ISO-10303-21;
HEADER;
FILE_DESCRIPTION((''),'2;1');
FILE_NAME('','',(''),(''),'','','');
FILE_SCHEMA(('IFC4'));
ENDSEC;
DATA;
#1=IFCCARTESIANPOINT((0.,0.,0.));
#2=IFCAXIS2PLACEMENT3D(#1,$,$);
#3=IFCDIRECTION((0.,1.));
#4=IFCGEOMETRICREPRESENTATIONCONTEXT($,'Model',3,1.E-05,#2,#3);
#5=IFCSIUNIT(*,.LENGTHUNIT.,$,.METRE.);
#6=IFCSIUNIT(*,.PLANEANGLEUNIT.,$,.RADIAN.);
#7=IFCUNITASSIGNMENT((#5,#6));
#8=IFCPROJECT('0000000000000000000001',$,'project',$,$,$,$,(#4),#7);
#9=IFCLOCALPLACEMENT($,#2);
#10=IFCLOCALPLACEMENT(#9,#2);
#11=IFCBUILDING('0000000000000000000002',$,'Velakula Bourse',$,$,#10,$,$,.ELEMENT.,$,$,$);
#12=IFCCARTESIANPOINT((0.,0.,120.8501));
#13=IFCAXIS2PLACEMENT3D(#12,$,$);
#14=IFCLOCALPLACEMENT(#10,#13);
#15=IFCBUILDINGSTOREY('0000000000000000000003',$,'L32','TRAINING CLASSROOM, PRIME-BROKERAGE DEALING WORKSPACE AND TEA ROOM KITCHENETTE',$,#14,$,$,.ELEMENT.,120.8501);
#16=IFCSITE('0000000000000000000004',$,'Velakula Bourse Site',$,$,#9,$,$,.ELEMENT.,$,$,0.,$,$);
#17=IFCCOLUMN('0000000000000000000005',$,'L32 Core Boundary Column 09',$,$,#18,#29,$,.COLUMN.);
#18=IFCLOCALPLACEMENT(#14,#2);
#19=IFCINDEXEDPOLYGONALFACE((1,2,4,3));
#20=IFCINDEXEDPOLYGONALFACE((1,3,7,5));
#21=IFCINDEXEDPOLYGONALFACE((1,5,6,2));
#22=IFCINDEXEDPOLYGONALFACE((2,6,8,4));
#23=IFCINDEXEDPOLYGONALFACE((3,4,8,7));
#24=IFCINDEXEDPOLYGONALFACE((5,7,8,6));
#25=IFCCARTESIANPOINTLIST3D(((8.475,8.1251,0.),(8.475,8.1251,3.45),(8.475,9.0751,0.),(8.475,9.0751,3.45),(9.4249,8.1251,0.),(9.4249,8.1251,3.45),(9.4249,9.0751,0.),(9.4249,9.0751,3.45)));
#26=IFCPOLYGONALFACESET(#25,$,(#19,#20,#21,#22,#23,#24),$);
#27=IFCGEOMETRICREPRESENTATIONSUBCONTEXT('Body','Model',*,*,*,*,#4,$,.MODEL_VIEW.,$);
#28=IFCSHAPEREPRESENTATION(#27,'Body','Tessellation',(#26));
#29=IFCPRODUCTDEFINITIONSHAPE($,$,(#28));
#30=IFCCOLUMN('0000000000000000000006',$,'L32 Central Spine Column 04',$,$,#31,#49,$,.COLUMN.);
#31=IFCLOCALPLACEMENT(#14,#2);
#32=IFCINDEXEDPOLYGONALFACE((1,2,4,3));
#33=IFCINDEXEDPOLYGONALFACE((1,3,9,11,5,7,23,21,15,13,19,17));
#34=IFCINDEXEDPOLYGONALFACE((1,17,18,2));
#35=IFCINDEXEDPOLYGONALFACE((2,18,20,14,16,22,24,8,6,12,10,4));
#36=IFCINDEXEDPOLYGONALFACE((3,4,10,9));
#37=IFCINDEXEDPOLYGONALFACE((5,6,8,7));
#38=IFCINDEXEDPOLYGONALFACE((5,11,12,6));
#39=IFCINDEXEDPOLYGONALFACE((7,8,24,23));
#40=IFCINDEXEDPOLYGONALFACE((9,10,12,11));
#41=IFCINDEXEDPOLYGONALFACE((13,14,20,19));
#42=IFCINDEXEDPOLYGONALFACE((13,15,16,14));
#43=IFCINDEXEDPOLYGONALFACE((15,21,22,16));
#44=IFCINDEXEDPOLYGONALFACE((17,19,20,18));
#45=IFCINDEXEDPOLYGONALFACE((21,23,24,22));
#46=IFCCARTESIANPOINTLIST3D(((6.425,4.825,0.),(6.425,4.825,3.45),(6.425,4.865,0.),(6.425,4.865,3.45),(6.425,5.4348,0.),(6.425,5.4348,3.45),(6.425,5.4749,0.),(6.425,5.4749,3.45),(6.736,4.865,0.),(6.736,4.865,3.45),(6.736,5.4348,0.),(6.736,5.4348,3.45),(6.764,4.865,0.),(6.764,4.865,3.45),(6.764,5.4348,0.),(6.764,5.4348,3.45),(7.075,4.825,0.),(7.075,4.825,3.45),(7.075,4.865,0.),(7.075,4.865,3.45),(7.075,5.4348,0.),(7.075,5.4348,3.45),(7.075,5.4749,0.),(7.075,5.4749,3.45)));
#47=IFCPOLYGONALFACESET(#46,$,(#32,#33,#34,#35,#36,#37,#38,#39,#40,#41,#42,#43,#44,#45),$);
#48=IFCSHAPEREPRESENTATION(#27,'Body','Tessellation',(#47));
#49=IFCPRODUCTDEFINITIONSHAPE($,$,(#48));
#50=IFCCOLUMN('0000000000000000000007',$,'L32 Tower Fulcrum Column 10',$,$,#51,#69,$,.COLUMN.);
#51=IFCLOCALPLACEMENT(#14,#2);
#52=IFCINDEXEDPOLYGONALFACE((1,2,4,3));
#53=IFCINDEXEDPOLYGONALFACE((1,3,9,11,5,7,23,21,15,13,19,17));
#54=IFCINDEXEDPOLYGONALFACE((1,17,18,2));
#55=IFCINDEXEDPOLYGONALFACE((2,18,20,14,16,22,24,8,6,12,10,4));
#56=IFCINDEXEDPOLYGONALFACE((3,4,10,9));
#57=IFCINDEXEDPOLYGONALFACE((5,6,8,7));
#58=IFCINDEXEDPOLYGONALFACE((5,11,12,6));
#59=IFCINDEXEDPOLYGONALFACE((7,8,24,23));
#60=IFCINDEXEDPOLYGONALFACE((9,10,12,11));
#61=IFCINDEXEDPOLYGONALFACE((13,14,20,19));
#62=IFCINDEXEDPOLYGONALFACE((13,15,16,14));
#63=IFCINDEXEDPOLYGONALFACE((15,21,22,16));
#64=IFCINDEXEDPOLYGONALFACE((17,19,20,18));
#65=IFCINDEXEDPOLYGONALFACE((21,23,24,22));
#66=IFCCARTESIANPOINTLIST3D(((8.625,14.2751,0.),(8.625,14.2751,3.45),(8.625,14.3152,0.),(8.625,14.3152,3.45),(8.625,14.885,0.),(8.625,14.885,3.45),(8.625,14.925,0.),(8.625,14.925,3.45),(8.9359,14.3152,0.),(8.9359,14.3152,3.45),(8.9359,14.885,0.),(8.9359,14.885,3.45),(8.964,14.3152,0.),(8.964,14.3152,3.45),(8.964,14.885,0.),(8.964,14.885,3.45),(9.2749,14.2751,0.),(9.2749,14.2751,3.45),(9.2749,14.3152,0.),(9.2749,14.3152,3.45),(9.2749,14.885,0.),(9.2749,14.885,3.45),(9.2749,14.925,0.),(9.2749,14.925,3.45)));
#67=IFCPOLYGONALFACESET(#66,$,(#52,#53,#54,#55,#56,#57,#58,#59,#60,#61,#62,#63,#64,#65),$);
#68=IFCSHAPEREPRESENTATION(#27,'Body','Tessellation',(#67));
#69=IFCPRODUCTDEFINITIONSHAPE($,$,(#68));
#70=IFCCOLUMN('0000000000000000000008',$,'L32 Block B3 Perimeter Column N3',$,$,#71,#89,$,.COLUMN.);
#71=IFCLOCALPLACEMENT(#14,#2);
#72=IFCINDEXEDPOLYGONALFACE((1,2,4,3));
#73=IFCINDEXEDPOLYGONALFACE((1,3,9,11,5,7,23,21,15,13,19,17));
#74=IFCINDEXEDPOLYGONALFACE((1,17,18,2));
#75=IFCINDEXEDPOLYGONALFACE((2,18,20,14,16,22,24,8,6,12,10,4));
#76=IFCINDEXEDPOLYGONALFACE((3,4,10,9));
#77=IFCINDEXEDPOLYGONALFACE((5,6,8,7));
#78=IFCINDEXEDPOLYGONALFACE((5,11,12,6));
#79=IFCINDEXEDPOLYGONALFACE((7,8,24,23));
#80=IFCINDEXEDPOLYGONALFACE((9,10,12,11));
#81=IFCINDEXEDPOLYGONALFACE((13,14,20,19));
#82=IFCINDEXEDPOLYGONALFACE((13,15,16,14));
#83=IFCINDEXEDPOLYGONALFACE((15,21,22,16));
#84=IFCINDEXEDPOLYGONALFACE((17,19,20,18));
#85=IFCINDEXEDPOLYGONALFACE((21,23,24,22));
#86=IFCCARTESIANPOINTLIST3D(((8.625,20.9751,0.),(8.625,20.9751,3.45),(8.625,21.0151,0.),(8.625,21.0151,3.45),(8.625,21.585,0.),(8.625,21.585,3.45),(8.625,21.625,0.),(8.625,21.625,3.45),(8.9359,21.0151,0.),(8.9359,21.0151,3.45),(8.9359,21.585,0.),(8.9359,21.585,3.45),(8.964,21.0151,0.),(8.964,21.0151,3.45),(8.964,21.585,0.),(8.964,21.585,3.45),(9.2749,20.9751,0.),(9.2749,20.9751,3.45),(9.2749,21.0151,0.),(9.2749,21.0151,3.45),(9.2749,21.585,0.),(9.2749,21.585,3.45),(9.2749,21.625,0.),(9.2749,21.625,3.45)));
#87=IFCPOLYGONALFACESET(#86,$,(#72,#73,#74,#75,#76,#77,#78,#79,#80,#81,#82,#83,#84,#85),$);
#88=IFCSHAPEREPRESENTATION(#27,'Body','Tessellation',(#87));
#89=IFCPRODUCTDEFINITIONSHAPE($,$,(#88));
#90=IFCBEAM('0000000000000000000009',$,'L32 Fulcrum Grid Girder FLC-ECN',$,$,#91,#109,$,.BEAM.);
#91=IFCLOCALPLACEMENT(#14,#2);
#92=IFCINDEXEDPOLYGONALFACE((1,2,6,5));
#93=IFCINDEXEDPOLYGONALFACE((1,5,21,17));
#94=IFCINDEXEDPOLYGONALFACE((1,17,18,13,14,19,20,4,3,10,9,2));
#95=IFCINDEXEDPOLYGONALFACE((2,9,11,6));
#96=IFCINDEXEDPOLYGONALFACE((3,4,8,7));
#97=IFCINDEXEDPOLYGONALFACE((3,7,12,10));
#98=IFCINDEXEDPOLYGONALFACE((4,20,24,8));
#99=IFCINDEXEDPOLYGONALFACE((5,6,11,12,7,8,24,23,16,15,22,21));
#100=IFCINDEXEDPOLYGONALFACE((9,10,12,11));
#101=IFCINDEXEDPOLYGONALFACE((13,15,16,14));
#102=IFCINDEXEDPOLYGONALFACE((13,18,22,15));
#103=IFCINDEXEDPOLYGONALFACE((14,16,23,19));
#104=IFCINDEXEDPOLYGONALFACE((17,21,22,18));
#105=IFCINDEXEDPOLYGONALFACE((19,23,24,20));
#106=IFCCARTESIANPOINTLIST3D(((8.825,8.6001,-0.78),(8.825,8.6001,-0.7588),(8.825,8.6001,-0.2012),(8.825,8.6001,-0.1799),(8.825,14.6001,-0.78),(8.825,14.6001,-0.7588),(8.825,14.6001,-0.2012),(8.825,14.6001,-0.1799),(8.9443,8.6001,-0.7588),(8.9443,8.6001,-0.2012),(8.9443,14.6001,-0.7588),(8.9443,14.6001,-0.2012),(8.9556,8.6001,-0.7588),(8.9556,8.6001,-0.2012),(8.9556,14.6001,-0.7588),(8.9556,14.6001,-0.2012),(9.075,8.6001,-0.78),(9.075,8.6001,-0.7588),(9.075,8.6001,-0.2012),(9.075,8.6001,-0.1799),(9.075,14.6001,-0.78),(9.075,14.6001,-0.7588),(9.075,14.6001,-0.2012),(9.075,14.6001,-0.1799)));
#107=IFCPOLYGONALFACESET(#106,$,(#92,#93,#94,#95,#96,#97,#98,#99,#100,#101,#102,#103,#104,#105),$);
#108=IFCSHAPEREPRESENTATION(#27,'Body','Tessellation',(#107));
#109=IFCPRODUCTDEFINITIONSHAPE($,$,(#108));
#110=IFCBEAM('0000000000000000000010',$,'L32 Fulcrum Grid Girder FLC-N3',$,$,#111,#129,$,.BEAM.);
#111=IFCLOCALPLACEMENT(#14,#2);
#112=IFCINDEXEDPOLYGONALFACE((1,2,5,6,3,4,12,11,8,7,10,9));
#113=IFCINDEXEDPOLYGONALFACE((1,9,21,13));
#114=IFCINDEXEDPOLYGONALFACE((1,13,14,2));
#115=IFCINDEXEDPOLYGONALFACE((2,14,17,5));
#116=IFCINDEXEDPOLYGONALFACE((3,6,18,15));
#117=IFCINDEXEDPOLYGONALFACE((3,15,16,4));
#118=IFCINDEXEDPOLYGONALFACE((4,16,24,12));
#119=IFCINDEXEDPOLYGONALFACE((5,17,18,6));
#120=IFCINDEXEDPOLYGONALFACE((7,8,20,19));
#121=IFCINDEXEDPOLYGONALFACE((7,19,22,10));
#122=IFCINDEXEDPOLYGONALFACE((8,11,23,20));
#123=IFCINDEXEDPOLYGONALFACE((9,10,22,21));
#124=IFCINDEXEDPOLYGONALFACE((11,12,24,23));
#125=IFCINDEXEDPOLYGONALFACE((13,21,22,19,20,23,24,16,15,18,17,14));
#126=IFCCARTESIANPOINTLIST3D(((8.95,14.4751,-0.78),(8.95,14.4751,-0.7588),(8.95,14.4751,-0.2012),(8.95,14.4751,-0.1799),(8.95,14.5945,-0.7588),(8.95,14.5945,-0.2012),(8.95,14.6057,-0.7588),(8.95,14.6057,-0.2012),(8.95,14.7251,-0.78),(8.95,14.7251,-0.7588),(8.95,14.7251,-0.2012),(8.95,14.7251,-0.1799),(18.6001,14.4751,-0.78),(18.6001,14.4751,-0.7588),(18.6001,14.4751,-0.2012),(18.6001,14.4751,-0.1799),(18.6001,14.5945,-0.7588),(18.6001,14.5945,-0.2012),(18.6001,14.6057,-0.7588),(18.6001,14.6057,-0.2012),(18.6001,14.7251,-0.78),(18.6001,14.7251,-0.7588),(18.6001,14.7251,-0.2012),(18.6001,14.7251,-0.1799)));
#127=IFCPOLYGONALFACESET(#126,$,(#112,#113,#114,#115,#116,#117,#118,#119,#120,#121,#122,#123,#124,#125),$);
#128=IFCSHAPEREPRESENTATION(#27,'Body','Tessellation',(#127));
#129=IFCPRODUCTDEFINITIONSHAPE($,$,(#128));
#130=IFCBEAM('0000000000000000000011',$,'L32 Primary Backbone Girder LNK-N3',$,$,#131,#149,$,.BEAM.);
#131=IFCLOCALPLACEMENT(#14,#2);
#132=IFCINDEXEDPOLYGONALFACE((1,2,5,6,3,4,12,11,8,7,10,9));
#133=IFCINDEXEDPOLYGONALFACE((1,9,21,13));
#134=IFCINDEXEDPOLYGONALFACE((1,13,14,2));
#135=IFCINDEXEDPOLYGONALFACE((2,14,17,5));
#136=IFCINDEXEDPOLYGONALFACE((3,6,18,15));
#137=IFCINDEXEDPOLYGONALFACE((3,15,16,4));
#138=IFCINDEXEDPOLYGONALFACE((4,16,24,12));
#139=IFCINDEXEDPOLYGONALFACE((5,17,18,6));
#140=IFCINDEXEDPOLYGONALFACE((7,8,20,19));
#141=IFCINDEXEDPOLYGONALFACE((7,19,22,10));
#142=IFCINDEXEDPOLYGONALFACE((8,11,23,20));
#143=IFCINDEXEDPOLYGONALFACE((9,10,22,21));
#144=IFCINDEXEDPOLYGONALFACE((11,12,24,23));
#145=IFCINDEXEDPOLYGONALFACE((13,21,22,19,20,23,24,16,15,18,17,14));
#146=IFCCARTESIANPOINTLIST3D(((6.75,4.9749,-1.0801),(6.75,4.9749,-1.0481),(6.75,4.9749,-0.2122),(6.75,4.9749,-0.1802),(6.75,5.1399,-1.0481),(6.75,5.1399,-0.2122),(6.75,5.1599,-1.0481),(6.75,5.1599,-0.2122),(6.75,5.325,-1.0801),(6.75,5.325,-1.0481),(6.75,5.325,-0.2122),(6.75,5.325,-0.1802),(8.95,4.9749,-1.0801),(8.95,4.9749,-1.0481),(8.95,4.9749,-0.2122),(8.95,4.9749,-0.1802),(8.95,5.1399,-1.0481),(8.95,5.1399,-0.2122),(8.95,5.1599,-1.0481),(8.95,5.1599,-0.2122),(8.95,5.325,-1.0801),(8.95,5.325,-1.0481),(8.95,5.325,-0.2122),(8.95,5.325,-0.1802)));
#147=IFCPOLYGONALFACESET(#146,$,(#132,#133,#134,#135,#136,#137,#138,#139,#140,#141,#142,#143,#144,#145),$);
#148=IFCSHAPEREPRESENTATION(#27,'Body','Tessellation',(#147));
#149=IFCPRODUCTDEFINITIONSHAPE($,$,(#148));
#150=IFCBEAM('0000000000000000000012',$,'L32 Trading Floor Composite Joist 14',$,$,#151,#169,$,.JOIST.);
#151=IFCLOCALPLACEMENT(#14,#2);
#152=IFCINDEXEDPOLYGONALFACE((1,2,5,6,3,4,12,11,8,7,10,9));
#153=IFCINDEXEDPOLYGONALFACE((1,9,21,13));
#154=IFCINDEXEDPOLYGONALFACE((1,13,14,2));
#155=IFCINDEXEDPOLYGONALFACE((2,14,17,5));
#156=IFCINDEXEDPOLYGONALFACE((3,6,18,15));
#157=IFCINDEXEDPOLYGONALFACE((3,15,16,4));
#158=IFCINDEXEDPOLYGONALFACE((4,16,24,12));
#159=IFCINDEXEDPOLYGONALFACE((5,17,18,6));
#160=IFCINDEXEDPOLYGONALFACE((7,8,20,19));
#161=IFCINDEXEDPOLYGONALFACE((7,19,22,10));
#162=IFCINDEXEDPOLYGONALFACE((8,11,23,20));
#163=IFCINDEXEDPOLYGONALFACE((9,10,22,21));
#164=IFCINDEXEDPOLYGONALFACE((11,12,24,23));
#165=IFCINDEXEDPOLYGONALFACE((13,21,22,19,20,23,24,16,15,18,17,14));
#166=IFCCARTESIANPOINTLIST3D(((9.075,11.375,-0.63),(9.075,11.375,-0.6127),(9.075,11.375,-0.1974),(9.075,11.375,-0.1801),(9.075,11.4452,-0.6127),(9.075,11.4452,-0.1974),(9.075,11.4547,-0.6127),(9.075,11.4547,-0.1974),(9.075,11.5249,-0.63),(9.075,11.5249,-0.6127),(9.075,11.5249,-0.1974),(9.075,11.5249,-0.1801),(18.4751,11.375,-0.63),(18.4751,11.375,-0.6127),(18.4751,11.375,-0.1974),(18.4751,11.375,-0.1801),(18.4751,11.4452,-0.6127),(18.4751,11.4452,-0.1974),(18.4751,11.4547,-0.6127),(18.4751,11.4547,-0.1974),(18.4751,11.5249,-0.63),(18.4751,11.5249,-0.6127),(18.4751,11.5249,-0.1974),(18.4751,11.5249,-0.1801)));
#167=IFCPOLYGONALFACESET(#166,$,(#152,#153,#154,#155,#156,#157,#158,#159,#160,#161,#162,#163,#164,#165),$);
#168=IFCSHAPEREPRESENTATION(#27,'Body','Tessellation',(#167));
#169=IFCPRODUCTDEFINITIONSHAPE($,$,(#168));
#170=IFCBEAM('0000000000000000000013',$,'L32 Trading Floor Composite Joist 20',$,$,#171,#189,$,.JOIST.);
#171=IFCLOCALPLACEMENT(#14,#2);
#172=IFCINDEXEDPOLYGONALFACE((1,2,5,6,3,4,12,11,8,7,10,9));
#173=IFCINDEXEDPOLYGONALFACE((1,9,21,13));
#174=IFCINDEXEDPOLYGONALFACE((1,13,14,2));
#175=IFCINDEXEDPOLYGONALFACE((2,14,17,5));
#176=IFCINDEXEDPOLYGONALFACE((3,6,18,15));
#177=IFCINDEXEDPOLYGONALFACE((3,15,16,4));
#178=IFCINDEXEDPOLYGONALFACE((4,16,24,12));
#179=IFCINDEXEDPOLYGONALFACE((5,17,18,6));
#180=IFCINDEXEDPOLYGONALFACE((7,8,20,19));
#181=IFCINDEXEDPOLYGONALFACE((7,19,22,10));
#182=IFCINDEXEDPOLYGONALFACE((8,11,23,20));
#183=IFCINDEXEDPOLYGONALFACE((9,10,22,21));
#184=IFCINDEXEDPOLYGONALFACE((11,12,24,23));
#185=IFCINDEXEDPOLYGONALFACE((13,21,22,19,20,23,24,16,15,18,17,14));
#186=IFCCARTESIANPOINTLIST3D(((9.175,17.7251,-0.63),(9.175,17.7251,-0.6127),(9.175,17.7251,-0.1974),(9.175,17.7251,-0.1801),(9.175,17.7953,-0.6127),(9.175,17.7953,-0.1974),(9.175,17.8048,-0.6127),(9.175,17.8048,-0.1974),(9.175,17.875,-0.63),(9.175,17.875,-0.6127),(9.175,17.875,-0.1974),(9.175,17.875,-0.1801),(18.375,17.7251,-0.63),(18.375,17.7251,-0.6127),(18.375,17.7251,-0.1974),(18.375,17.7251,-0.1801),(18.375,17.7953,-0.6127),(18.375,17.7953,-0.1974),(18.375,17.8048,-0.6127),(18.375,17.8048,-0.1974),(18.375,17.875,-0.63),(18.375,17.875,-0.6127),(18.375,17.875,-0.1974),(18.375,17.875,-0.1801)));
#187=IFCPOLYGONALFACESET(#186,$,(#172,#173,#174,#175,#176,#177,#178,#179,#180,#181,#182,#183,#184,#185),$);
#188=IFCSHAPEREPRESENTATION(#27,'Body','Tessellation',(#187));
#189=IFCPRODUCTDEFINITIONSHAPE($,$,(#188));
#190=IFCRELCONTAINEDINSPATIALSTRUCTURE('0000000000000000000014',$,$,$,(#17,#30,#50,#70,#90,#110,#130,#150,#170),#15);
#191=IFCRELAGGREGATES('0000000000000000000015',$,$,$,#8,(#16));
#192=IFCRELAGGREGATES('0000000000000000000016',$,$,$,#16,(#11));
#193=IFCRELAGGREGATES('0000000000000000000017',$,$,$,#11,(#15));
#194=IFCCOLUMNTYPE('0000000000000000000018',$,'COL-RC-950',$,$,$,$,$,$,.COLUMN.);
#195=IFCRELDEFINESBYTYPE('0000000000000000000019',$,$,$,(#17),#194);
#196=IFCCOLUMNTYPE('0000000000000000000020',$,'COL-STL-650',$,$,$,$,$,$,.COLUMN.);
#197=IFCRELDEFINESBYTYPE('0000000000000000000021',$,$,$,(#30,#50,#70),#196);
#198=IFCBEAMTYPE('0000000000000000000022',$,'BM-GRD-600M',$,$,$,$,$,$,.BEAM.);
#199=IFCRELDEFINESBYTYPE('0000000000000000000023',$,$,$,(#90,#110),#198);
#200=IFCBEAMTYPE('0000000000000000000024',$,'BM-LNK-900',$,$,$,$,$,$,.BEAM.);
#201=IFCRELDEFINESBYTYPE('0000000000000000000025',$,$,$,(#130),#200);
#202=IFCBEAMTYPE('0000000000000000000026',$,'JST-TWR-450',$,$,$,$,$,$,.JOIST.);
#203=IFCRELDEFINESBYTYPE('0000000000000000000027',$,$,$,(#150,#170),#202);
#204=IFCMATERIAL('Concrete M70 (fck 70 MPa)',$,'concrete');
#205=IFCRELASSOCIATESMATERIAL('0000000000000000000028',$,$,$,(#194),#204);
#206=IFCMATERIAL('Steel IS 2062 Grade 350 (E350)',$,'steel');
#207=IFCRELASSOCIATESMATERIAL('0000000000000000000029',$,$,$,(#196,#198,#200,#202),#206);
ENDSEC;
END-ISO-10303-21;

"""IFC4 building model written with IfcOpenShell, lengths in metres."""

from ifc_helpers import new_model, si_unit, direction, frame, origin, origin_2d, place, context, subcontext, project, spatial, rectangle, i_section, extrude, material, material_profile, profile_set, type_object, element, save


model = new_model("IFC4")

# Units and contexts
model_context = context("Model", 3, precision=1e-05, world=origin(), true_north=direction((0.0, 1.0)))
body_context = subcontext(model_context, "Body", "Model", "MODEL_VIEW")
ifc_project = project(units=[si_unit("LENGTHUNIT", "METRE"), si_unit("PLANEANGLEUNIT", "RADIAN")], contexts=[model_context])

# Site, building, storey
site_placement = place(None, origin())
site = spatial("IfcSite", under=ifc_project, at=site_placement, Name="Velakula Bourse Site", CompositionType="ELEMENT", RefElevation=0.0)
building_placement = place(site_placement, origin())
building = spatial("IfcBuilding", under=site, at=building_placement, Name="Velakula Bourse", CompositionType="ELEMENT")
storey_placement = place(building_placement, frame((0.0, 0.0, 120.8501)))
storey = spatial("IfcBuildingStorey", under=building, at=storey_placement, Name="L32", Description="TRAINING CLASSROOM, PRIME-BROKERAGE DEALING WORKSPACE AND TEA ROOM KITCHENETTE", CompositionType="ELEMENT", Elevation=120.8501)

# Columns
ifc_material_1 = material(Name="Concrete M70 (fck 70 MPa)", Category="concrete")
ifc_material_profile_1 = material_profile(ifc_material_1, rectangle(XDim=0.95, YDim=0.95, at=origin_2d()), Name="Concrete M70 (fck 70 MPa)")
ifc_profile_set_1 = profile_set([ifc_material_profile_1], Name="Concrete M70 (fck 70 MPa)")
column_type_1 = type_object("IfcColumnType", Name="COL-RC-950", PredefinedType="COLUMN", material=ifc_profile_set_1)
column_placement = place(storey_placement, frame((8.95, 8.6001, 0.0), z_axis=(0.0, 0.0, 1.0), x_axis=(1.0, 0.0, 0.0)))
element("IfcColumn", 1, at=column_placement, inside=storey, type_object=column_type_1, Name="L32 Core Boundary Column 09", PredefinedType="COLUMN", context=body_context, shape_type="SweptSolid", body=[
    extrude(rectangle(XDim=0.95, YDim=0.95, at=origin_2d()), origin(), (0.0, 0.0, 1.0), 3.45),
])
ifc_material_2 = material(Name="Steel IS 2062 Grade 350 (E350)", Category="steel")
ifc_material_profile_2 = material_profile(ifc_material_2, i_section(OverallWidth=0.6499, OverallDepth=0.6499, WebThickness=0.0281, FlangeThickness=0.04, at=origin_2d()), Name="Steel IS 2062 Grade 350 (E350)")
ifc_profile_set_2 = profile_set([ifc_material_profile_2], Name="Steel IS 2062 Grade 350 (E350)")
column_type_2 = type_object("IfcColumnType", Name="COL-STL-650", PredefinedType="COLUMN", material=ifc_profile_set_2)
for number, where, z_axis, x_axis, name in (
    (2, (6.75, 5.1499, 0.0), (0.0, 0.0, 1.0), (1.0, 0.0, 0.0), "L32 Central Spine Column 04"),
    (3, (8.95, 14.6001, 0.0), (0.0, 0.0, 1.0), (1.0, 0.0, 0.0), "L32 Tower Fulcrum Column 10"),
    (4, (8.95, 21.3, 0.0), (0.0, 0.0, 1.0), (1.0, 0.0, 0.0), "L32 Block B3 Perimeter Column N3"),
):
    element("IfcColumn", number, at=place(storey_placement, frame(where, z_axis=z_axis, x_axis=x_axis)), inside=storey, type_object=column_type_2, Name=name, PredefinedType="COLUMN", context=body_context, shape_type="SweptSolid", body=[
        extrude(i_section(OverallWidth=0.6499, OverallDepth=0.6499, WebThickness=0.0281, FlangeThickness=0.04, at=origin_2d()), origin(), (0.0, 0.0, 1.0), 3.45),
    ])

# Beams
ifc_material_profile_3 = material_profile(ifc_material_2, i_section(OverallWidth=0.25, OverallDepth=0.6001, WebThickness=0.0112, FlangeThickness=0.0212, at=origin_2d()), Name="Steel IS 2062 Grade 350 (E350)")
ifc_profile_set_3 = profile_set([ifc_material_profile_3], Name="Steel IS 2062 Grade 350 (E350)")
beam_type_1 = type_object("IfcBeamType", Name="BM-GRD-600M", PredefinedType="BEAM", material=ifc_profile_set_3)
beam_1_placement = place(storey_placement, frame((8.95, 8.6001, -0.48), z_axis=(0.0, 1.0, 0.0), x_axis=(-1.0, 0.0, 0.0)))
element("IfcBeam", 5, at=beam_1_placement, inside=storey, type_object=beam_type_1, Name="L32 Fulcrum Grid Girder FLC-ECN", PredefinedType="BEAM", context=body_context, shape_type="SweptSolid", body=[
    extrude(i_section(OverallWidth=0.25, OverallDepth=0.6001, WebThickness=0.0112, FlangeThickness=0.0212, at=origin_2d()), origin(), (0.0, 0.0, 1.0), 6.0),
])
beam_2_placement = place(storey_placement, frame((8.95, 14.6001, -0.48), z_axis=(1.0, 0.0, 0.0), x_axis=(0.0, 1.0, 0.0)))
element("IfcBeam", 6, at=beam_2_placement, inside=storey, type_object=beam_type_1, Name="L32 Fulcrum Grid Girder FLC-N3", PredefinedType="BEAM", context=body_context, shape_type="SweptSolid", body=[
    extrude(i_section(OverallWidth=0.25, OverallDepth=0.6001, WebThickness=0.0112, FlangeThickness=0.0212, at=origin_2d()), origin(), (0.0, 0.0, 1.0), 9.6501),
])
ifc_material_profile_4 = material_profile(ifc_material_2, i_section(OverallWidth=0.3501, OverallDepth=0.8999, WebThickness=0.02, FlangeThickness=0.032, at=origin_2d()), Name="Steel IS 2062 Grade 350 (E350)")
ifc_profile_set_4 = profile_set([ifc_material_profile_4], Name="Steel IS 2062 Grade 350 (E350)")
beam_type_2 = type_object("IfcBeamType", Name="BM-LNK-900", PredefinedType="BEAM", material=ifc_profile_set_4)
beam_3_placement = place(storey_placement, frame((6.75, 5.1499, -0.6301), z_axis=(1.0, 0.0, 0.0), x_axis=(0.0, 1.0, 0.0)))
element("IfcBeam", 7, at=beam_3_placement, inside=storey, type_object=beam_type_2, Name="L32 Primary Backbone Girder LNK-N3", PredefinedType="BEAM", context=body_context, shape_type="SweptSolid", body=[
    extrude(i_section(OverallWidth=0.3501, OverallDepth=0.8999, WebThickness=0.02, FlangeThickness=0.032, at=origin_2d()), origin(), (0.0, 0.0, 1.0), 2.2),
])
ifc_material_profile_5 = material_profile(ifc_material_2, i_section(OverallWidth=0.1499, OverallDepth=0.45, WebThickness=0.0095, FlangeThickness=0.0173, at=origin_2d()), Name="Steel IS 2062 Grade 350 (E350)")
ifc_profile_set_5 = profile_set([ifc_material_profile_5], Name="Steel IS 2062 Grade 350 (E350)")
beam_type_3 = type_object("IfcBeamType", Name="JST-TWR-450", PredefinedType="JOIST", material=ifc_profile_set_5)
beam_4_placement = place(storey_placement, frame((9.075, 11.45, -0.405), z_axis=(1.0, 0.0, 0.0), x_axis=(0.0, 1.0, 0.0)))
element("IfcBeam", 8, at=beam_4_placement, inside=storey, type_object=beam_type_3, Name="L32 Trading Floor Composite Joist 14", PredefinedType="JOIST", context=body_context, shape_type="SweptSolid", body=[
    extrude(i_section(OverallWidth=0.1499, OverallDepth=0.45, WebThickness=0.0095, FlangeThickness=0.0173, at=origin_2d()), origin(), (0.0, 0.0, 1.0), 9.4001),
])
beam_5_placement = place(storey_placement, frame((9.175, 17.8, -0.405), z_axis=(1.0, 0.0, 0.0), x_axis=(0.0, 1.0, 0.0)))
element("IfcBeam", 9, at=beam_5_placement, inside=storey, type_object=beam_type_3, Name="L32 Trading Floor Composite Joist 20", PredefinedType="JOIST", context=body_context, shape_type="SweptSolid", body=[
    extrude(i_section(OverallWidth=0.1499, OverallDepth=0.45, WebThickness=0.0095, FlangeThickness=0.0173, at=origin_2d()), origin(), (0.0, 0.0, 1.0), 9.2),
])

save(model, "model.ifc")
